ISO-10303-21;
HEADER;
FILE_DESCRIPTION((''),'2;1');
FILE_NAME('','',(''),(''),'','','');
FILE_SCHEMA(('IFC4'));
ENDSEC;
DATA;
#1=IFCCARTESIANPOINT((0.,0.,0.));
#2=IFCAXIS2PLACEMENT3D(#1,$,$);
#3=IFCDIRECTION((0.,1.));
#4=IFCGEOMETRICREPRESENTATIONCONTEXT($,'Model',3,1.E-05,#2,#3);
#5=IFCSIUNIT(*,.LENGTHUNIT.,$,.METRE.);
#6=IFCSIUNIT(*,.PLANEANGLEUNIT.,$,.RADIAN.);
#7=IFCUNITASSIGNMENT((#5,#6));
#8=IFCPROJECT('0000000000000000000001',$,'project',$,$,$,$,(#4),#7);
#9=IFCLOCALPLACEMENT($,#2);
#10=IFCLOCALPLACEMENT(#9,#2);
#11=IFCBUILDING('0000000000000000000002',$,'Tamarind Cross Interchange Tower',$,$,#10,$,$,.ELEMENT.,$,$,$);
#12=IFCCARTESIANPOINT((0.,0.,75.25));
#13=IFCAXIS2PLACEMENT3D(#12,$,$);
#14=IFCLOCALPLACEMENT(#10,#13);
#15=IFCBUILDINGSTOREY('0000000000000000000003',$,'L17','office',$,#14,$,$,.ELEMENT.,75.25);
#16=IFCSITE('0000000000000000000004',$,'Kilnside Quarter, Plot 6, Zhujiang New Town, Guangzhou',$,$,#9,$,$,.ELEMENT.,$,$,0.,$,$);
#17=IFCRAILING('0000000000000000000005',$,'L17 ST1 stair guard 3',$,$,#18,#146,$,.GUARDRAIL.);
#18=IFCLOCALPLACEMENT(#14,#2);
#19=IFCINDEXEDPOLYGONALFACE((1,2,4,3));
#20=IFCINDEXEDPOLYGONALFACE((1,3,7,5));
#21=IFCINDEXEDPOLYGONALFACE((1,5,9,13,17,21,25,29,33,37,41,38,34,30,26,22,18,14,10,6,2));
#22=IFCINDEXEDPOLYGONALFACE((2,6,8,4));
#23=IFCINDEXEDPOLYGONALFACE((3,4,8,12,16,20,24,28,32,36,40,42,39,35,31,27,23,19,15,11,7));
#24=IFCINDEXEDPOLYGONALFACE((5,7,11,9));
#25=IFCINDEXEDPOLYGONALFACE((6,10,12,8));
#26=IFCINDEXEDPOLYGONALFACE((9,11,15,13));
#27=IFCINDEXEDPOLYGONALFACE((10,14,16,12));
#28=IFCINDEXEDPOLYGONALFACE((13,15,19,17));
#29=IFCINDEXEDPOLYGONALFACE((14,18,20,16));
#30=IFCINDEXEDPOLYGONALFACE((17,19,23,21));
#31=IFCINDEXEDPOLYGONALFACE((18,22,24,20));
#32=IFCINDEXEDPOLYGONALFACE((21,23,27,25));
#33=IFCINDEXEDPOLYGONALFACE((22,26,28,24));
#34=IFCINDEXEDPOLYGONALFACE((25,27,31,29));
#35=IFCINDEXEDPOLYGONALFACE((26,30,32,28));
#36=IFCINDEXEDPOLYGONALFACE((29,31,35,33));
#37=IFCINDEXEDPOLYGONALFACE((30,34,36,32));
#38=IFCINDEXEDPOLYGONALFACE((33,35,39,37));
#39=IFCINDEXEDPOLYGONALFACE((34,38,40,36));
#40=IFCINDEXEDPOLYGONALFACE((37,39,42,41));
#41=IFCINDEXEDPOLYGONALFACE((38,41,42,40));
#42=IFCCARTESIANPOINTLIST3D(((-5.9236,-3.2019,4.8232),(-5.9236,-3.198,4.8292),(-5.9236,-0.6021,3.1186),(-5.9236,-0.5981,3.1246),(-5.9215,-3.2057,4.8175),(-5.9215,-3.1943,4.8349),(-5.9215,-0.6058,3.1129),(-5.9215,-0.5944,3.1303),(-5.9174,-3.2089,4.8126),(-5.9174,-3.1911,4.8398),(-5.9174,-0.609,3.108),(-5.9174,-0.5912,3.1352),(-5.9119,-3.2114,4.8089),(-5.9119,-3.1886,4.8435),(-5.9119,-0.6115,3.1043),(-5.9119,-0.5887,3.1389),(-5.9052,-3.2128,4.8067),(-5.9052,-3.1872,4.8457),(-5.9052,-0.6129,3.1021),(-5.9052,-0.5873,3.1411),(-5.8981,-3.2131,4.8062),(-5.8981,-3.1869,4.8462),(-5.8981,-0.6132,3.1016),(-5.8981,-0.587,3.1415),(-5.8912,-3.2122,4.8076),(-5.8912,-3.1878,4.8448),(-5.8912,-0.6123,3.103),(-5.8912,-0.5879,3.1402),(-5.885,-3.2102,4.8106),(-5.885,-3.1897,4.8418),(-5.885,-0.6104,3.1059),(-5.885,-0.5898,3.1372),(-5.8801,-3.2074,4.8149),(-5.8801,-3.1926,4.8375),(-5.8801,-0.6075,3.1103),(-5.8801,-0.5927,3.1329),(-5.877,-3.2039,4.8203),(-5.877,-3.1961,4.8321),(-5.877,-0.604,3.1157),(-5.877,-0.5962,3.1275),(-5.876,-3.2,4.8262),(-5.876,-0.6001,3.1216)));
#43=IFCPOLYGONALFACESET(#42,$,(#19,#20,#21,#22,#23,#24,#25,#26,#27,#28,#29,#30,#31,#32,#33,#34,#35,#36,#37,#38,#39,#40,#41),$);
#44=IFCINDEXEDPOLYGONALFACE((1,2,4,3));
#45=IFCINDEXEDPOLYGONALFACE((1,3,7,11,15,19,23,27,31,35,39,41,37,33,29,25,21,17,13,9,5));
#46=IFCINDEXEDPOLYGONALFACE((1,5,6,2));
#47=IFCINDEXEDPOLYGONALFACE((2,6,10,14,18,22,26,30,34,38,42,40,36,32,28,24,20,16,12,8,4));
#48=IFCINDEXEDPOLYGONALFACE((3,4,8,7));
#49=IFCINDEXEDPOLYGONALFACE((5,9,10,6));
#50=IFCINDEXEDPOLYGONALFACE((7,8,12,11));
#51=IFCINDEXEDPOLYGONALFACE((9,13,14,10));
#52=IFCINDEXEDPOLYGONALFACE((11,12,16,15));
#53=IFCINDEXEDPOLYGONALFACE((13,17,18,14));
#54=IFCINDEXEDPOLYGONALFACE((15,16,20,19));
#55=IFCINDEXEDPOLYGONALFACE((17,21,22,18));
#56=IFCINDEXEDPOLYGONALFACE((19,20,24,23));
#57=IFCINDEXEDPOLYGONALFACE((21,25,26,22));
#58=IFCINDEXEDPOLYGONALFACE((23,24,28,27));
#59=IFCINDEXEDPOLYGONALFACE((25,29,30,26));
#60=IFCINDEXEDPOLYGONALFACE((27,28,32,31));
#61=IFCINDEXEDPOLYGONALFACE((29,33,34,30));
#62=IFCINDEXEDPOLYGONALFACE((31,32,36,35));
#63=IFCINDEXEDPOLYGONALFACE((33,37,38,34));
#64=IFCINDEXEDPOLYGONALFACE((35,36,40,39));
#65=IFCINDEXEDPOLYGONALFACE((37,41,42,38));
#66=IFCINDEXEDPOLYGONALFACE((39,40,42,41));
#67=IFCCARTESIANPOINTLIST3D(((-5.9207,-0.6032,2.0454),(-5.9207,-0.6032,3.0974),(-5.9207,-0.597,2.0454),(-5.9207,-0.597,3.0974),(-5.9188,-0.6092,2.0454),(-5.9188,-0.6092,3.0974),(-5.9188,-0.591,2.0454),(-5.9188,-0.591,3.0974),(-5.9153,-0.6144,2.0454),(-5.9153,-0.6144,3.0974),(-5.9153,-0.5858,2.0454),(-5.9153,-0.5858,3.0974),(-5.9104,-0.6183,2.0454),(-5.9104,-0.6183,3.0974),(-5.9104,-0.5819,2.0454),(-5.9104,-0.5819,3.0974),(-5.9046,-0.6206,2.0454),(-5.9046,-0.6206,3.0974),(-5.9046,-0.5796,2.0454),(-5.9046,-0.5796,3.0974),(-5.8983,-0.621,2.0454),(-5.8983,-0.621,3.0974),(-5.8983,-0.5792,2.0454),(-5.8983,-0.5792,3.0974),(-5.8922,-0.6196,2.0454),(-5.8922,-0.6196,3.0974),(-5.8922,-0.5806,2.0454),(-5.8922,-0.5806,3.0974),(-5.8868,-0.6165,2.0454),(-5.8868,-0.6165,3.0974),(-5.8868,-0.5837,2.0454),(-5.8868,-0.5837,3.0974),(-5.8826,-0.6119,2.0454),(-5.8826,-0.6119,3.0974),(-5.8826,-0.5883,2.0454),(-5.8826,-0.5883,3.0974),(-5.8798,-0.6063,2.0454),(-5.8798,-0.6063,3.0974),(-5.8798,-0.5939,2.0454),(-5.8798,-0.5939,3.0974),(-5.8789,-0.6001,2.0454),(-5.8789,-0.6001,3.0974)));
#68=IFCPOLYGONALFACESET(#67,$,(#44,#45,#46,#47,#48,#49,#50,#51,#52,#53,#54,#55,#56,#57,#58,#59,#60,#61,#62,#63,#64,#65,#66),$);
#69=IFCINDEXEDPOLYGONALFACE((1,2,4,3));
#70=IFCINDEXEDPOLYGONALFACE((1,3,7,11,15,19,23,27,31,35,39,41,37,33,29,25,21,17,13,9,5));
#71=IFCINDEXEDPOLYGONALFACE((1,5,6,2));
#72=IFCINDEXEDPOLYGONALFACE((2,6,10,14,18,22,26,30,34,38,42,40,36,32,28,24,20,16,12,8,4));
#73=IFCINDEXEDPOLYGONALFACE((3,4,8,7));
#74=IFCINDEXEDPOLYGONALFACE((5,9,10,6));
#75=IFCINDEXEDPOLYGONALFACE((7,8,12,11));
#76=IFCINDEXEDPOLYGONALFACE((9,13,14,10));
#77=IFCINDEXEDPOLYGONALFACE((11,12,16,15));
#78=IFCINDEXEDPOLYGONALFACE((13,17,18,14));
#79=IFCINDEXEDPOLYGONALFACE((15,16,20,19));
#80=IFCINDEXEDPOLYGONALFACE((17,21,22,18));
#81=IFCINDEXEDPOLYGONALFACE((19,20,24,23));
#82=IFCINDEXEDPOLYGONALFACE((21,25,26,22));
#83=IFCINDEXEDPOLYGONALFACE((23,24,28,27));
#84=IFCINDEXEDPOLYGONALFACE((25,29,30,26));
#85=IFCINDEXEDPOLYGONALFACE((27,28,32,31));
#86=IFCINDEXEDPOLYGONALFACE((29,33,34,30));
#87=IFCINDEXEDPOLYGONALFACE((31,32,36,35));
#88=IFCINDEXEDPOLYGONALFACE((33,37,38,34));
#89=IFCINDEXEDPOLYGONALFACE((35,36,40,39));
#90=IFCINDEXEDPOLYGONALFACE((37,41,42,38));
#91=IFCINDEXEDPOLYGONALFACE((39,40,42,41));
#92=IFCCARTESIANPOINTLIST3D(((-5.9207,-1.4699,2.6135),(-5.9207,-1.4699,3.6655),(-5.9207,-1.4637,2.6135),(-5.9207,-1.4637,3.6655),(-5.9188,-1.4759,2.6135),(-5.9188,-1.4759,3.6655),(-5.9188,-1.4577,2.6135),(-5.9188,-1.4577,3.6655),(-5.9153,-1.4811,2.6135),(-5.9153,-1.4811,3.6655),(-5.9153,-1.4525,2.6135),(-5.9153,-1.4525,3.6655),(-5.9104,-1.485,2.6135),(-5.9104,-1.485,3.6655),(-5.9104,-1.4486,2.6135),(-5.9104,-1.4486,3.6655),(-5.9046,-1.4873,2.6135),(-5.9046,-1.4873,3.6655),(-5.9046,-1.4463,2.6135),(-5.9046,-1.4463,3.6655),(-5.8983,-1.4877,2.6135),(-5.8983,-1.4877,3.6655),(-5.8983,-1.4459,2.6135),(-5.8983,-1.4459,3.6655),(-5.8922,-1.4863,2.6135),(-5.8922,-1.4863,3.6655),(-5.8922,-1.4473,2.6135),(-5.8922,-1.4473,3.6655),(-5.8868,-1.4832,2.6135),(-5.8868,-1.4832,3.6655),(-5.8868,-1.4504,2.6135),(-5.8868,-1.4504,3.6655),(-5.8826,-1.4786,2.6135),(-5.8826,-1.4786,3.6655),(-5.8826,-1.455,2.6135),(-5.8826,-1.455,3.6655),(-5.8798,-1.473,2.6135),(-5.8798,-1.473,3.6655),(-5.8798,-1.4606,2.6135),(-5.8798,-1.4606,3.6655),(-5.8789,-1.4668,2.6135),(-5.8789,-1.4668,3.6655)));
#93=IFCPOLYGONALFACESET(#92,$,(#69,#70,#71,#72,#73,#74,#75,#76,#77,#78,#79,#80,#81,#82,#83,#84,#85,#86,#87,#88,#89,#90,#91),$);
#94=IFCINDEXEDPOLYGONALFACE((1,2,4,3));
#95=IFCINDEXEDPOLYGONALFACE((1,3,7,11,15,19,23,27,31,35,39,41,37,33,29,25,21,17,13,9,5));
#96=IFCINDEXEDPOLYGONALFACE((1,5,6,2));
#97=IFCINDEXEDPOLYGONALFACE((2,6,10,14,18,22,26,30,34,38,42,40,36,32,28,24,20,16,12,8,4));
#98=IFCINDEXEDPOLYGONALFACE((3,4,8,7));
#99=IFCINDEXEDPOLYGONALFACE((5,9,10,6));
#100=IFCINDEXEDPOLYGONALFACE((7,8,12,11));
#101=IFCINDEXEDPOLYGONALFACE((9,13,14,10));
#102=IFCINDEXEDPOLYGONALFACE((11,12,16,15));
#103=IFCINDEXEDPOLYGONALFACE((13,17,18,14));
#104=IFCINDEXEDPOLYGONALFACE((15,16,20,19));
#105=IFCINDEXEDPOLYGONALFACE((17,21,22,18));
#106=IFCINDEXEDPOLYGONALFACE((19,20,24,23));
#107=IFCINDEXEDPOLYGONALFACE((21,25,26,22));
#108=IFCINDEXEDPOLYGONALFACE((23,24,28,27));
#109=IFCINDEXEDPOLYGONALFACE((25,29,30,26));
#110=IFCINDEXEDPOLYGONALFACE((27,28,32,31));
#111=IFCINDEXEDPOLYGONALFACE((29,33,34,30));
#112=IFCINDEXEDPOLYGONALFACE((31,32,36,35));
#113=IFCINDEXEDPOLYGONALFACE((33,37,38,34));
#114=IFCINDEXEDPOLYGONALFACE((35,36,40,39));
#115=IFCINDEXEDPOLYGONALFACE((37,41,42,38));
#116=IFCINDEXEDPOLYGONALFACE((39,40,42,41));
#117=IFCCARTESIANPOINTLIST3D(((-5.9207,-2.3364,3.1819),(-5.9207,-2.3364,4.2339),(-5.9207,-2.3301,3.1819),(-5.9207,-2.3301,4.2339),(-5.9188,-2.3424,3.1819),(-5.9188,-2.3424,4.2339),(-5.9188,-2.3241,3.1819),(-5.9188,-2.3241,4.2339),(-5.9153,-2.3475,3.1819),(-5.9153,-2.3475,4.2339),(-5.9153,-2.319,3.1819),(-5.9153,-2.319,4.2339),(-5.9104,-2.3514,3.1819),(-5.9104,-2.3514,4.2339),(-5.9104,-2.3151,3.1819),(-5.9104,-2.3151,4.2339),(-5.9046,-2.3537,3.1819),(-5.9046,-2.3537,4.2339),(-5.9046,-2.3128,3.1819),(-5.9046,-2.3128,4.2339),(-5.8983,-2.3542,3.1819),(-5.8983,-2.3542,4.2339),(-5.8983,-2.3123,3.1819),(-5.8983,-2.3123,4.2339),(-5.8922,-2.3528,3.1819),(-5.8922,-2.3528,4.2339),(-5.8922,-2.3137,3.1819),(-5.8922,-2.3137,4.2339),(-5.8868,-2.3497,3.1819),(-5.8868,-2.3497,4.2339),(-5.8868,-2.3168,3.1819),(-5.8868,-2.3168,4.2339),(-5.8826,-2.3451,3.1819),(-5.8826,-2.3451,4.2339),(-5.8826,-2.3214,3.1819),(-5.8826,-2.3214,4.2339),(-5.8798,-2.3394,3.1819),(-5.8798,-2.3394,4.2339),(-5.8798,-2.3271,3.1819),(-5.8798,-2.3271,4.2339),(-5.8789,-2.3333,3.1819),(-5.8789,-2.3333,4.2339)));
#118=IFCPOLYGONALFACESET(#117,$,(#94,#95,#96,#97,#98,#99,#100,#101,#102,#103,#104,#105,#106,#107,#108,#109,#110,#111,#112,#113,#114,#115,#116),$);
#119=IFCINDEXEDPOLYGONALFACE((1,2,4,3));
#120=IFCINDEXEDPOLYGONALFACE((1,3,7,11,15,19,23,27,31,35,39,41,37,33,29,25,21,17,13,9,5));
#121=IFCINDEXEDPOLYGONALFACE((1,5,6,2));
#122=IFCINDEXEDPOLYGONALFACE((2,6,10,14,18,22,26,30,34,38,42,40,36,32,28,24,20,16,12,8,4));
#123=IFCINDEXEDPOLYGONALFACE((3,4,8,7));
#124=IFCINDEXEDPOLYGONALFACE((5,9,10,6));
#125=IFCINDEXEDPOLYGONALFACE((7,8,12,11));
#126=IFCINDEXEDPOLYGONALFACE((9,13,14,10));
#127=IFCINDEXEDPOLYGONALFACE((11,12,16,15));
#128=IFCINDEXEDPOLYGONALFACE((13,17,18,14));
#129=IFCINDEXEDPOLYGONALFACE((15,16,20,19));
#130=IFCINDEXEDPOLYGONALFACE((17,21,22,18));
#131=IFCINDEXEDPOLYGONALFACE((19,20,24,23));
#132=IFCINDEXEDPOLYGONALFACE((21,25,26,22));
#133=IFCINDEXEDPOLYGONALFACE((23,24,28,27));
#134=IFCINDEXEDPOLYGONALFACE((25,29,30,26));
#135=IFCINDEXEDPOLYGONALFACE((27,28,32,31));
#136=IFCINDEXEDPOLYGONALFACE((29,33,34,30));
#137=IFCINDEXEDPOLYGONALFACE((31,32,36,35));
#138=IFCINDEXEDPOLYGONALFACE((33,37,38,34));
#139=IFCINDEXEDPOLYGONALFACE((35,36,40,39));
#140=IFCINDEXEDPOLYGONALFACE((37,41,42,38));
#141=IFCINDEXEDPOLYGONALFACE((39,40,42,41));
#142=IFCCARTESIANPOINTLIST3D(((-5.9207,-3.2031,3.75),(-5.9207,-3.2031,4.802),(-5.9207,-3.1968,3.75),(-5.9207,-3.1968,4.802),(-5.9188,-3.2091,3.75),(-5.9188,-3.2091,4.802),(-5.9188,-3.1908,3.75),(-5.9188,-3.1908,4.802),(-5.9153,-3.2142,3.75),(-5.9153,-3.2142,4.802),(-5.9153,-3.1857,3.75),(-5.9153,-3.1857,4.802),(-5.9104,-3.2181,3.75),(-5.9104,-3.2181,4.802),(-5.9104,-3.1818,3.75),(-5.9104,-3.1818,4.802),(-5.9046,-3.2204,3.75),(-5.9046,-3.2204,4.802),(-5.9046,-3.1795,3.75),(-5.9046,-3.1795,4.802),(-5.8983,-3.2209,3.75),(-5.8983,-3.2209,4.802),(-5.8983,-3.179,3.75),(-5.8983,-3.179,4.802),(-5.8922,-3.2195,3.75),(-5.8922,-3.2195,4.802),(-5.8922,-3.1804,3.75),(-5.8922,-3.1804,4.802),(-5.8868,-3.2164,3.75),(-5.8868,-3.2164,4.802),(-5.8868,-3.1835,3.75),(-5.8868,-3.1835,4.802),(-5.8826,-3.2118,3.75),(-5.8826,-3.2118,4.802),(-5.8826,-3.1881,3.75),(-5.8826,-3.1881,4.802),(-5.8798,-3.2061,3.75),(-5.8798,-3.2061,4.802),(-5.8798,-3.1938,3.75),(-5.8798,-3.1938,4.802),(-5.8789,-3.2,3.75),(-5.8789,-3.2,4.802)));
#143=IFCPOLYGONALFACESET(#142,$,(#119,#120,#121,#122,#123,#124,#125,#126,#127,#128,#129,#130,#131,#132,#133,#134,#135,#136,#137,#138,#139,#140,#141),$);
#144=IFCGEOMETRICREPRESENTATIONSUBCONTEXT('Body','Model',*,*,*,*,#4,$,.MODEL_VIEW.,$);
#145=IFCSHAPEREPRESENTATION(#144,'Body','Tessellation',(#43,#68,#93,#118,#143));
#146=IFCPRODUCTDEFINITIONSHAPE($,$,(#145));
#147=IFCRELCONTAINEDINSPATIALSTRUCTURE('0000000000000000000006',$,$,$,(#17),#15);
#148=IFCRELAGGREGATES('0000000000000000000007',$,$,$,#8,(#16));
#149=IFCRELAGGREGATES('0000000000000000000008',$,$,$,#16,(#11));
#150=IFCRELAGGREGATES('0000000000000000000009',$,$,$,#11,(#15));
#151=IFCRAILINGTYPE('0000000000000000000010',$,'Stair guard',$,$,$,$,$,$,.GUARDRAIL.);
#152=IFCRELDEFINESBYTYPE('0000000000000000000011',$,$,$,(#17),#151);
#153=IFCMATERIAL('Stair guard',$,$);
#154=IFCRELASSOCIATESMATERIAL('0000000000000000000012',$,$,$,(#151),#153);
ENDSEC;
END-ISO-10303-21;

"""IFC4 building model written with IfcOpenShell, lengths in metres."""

from ifc_helpers import new_model, si_unit, direction, frame, origin, origin_2d, place, context, subcontext, project, spatial, circle, extrude, material, type_object, element, save


model = new_model("IFC4")

# Units and contexts
model_context = context("Model", 3, precision=1e-05, world=origin(), true_north=direction((0.0, 1.0)))
body_context = subcontext(model_context, "Body", "Model", "MODEL_VIEW")
ifc_project = project(units=[si_unit("LENGTHUNIT", "METRE"), si_unit("PLANEANGLEUNIT", "RADIAN")], contexts=[model_context])

# Site, building, storey
site_placement = place(None, origin())
site = spatial("IfcSite", under=ifc_project, at=site_placement, Name="Kilnside Quarter, Plot 6, Zhujiang New Town, Guangzhou", CompositionType="ELEMENT", RefElevation=0.0)
building_placement = place(site_placement, origin())
building = spatial("IfcBuilding", under=site, at=building_placement, Name="Tamarind Cross Interchange Tower", CompositionType="ELEMENT")
storey_placement = place(building_placement, frame((0.0, 0.0, 75.25)))
storey = spatial("IfcBuildingStorey", under=building, at=storey_placement, Name="L17", Description="office", CompositionType="ELEMENT", Elevation=75.25)

# Railing
ifc_material_1 = material(Name="Stair guard")
railing_type_1 = type_object("IfcRailingType", Name="Stair guard", PredefinedType="GUARDRAIL", material=ifc_material_1)
railing_1_placement = place(storey_placement, frame((-5.8999, -0.6001, 2.0454)))
element("IfcRailing", 1, at=railing_1_placement, inside=storey, type_object=railing_type_1, Name="L17 ST1 stair guard 3", PredefinedType="GUARDRAIL", context=body_context, shape_type="SweptSolid", body=[
    extrude(circle(Radius=0.0239, at=origin_2d()), frame((0.0, 0.0, 1.0762), z_axis=(0.0, -0.836279, 0.548305), x_axis=(1.0, 0.0, 0.0)), (0.0, 0.0, 1.0), 3.1089),
    extrude(circle(Radius=0.021, at=origin_2d()), origin(), (0.0, 0.0, 1.0), 1.052),
    extrude(circle(Radius=0.021, at=origin_2d()), frame((0.0, -0.8667, 0.5681)), (0.0, 0.0, 1.0), 1.052),
    extrude(circle(Radius=0.021, at=origin_2d()), frame((0.0, -1.7332, 1.1365)), (0.0, 0.0, 1.0), 1.052),
    extrude(circle(Radius=0.021, at=origin_2d()), frame((0.0, -2.5999, 1.7046)), (0.0, 0.0, 1.0), 1.052),
])

save(model, "model.ifc")
